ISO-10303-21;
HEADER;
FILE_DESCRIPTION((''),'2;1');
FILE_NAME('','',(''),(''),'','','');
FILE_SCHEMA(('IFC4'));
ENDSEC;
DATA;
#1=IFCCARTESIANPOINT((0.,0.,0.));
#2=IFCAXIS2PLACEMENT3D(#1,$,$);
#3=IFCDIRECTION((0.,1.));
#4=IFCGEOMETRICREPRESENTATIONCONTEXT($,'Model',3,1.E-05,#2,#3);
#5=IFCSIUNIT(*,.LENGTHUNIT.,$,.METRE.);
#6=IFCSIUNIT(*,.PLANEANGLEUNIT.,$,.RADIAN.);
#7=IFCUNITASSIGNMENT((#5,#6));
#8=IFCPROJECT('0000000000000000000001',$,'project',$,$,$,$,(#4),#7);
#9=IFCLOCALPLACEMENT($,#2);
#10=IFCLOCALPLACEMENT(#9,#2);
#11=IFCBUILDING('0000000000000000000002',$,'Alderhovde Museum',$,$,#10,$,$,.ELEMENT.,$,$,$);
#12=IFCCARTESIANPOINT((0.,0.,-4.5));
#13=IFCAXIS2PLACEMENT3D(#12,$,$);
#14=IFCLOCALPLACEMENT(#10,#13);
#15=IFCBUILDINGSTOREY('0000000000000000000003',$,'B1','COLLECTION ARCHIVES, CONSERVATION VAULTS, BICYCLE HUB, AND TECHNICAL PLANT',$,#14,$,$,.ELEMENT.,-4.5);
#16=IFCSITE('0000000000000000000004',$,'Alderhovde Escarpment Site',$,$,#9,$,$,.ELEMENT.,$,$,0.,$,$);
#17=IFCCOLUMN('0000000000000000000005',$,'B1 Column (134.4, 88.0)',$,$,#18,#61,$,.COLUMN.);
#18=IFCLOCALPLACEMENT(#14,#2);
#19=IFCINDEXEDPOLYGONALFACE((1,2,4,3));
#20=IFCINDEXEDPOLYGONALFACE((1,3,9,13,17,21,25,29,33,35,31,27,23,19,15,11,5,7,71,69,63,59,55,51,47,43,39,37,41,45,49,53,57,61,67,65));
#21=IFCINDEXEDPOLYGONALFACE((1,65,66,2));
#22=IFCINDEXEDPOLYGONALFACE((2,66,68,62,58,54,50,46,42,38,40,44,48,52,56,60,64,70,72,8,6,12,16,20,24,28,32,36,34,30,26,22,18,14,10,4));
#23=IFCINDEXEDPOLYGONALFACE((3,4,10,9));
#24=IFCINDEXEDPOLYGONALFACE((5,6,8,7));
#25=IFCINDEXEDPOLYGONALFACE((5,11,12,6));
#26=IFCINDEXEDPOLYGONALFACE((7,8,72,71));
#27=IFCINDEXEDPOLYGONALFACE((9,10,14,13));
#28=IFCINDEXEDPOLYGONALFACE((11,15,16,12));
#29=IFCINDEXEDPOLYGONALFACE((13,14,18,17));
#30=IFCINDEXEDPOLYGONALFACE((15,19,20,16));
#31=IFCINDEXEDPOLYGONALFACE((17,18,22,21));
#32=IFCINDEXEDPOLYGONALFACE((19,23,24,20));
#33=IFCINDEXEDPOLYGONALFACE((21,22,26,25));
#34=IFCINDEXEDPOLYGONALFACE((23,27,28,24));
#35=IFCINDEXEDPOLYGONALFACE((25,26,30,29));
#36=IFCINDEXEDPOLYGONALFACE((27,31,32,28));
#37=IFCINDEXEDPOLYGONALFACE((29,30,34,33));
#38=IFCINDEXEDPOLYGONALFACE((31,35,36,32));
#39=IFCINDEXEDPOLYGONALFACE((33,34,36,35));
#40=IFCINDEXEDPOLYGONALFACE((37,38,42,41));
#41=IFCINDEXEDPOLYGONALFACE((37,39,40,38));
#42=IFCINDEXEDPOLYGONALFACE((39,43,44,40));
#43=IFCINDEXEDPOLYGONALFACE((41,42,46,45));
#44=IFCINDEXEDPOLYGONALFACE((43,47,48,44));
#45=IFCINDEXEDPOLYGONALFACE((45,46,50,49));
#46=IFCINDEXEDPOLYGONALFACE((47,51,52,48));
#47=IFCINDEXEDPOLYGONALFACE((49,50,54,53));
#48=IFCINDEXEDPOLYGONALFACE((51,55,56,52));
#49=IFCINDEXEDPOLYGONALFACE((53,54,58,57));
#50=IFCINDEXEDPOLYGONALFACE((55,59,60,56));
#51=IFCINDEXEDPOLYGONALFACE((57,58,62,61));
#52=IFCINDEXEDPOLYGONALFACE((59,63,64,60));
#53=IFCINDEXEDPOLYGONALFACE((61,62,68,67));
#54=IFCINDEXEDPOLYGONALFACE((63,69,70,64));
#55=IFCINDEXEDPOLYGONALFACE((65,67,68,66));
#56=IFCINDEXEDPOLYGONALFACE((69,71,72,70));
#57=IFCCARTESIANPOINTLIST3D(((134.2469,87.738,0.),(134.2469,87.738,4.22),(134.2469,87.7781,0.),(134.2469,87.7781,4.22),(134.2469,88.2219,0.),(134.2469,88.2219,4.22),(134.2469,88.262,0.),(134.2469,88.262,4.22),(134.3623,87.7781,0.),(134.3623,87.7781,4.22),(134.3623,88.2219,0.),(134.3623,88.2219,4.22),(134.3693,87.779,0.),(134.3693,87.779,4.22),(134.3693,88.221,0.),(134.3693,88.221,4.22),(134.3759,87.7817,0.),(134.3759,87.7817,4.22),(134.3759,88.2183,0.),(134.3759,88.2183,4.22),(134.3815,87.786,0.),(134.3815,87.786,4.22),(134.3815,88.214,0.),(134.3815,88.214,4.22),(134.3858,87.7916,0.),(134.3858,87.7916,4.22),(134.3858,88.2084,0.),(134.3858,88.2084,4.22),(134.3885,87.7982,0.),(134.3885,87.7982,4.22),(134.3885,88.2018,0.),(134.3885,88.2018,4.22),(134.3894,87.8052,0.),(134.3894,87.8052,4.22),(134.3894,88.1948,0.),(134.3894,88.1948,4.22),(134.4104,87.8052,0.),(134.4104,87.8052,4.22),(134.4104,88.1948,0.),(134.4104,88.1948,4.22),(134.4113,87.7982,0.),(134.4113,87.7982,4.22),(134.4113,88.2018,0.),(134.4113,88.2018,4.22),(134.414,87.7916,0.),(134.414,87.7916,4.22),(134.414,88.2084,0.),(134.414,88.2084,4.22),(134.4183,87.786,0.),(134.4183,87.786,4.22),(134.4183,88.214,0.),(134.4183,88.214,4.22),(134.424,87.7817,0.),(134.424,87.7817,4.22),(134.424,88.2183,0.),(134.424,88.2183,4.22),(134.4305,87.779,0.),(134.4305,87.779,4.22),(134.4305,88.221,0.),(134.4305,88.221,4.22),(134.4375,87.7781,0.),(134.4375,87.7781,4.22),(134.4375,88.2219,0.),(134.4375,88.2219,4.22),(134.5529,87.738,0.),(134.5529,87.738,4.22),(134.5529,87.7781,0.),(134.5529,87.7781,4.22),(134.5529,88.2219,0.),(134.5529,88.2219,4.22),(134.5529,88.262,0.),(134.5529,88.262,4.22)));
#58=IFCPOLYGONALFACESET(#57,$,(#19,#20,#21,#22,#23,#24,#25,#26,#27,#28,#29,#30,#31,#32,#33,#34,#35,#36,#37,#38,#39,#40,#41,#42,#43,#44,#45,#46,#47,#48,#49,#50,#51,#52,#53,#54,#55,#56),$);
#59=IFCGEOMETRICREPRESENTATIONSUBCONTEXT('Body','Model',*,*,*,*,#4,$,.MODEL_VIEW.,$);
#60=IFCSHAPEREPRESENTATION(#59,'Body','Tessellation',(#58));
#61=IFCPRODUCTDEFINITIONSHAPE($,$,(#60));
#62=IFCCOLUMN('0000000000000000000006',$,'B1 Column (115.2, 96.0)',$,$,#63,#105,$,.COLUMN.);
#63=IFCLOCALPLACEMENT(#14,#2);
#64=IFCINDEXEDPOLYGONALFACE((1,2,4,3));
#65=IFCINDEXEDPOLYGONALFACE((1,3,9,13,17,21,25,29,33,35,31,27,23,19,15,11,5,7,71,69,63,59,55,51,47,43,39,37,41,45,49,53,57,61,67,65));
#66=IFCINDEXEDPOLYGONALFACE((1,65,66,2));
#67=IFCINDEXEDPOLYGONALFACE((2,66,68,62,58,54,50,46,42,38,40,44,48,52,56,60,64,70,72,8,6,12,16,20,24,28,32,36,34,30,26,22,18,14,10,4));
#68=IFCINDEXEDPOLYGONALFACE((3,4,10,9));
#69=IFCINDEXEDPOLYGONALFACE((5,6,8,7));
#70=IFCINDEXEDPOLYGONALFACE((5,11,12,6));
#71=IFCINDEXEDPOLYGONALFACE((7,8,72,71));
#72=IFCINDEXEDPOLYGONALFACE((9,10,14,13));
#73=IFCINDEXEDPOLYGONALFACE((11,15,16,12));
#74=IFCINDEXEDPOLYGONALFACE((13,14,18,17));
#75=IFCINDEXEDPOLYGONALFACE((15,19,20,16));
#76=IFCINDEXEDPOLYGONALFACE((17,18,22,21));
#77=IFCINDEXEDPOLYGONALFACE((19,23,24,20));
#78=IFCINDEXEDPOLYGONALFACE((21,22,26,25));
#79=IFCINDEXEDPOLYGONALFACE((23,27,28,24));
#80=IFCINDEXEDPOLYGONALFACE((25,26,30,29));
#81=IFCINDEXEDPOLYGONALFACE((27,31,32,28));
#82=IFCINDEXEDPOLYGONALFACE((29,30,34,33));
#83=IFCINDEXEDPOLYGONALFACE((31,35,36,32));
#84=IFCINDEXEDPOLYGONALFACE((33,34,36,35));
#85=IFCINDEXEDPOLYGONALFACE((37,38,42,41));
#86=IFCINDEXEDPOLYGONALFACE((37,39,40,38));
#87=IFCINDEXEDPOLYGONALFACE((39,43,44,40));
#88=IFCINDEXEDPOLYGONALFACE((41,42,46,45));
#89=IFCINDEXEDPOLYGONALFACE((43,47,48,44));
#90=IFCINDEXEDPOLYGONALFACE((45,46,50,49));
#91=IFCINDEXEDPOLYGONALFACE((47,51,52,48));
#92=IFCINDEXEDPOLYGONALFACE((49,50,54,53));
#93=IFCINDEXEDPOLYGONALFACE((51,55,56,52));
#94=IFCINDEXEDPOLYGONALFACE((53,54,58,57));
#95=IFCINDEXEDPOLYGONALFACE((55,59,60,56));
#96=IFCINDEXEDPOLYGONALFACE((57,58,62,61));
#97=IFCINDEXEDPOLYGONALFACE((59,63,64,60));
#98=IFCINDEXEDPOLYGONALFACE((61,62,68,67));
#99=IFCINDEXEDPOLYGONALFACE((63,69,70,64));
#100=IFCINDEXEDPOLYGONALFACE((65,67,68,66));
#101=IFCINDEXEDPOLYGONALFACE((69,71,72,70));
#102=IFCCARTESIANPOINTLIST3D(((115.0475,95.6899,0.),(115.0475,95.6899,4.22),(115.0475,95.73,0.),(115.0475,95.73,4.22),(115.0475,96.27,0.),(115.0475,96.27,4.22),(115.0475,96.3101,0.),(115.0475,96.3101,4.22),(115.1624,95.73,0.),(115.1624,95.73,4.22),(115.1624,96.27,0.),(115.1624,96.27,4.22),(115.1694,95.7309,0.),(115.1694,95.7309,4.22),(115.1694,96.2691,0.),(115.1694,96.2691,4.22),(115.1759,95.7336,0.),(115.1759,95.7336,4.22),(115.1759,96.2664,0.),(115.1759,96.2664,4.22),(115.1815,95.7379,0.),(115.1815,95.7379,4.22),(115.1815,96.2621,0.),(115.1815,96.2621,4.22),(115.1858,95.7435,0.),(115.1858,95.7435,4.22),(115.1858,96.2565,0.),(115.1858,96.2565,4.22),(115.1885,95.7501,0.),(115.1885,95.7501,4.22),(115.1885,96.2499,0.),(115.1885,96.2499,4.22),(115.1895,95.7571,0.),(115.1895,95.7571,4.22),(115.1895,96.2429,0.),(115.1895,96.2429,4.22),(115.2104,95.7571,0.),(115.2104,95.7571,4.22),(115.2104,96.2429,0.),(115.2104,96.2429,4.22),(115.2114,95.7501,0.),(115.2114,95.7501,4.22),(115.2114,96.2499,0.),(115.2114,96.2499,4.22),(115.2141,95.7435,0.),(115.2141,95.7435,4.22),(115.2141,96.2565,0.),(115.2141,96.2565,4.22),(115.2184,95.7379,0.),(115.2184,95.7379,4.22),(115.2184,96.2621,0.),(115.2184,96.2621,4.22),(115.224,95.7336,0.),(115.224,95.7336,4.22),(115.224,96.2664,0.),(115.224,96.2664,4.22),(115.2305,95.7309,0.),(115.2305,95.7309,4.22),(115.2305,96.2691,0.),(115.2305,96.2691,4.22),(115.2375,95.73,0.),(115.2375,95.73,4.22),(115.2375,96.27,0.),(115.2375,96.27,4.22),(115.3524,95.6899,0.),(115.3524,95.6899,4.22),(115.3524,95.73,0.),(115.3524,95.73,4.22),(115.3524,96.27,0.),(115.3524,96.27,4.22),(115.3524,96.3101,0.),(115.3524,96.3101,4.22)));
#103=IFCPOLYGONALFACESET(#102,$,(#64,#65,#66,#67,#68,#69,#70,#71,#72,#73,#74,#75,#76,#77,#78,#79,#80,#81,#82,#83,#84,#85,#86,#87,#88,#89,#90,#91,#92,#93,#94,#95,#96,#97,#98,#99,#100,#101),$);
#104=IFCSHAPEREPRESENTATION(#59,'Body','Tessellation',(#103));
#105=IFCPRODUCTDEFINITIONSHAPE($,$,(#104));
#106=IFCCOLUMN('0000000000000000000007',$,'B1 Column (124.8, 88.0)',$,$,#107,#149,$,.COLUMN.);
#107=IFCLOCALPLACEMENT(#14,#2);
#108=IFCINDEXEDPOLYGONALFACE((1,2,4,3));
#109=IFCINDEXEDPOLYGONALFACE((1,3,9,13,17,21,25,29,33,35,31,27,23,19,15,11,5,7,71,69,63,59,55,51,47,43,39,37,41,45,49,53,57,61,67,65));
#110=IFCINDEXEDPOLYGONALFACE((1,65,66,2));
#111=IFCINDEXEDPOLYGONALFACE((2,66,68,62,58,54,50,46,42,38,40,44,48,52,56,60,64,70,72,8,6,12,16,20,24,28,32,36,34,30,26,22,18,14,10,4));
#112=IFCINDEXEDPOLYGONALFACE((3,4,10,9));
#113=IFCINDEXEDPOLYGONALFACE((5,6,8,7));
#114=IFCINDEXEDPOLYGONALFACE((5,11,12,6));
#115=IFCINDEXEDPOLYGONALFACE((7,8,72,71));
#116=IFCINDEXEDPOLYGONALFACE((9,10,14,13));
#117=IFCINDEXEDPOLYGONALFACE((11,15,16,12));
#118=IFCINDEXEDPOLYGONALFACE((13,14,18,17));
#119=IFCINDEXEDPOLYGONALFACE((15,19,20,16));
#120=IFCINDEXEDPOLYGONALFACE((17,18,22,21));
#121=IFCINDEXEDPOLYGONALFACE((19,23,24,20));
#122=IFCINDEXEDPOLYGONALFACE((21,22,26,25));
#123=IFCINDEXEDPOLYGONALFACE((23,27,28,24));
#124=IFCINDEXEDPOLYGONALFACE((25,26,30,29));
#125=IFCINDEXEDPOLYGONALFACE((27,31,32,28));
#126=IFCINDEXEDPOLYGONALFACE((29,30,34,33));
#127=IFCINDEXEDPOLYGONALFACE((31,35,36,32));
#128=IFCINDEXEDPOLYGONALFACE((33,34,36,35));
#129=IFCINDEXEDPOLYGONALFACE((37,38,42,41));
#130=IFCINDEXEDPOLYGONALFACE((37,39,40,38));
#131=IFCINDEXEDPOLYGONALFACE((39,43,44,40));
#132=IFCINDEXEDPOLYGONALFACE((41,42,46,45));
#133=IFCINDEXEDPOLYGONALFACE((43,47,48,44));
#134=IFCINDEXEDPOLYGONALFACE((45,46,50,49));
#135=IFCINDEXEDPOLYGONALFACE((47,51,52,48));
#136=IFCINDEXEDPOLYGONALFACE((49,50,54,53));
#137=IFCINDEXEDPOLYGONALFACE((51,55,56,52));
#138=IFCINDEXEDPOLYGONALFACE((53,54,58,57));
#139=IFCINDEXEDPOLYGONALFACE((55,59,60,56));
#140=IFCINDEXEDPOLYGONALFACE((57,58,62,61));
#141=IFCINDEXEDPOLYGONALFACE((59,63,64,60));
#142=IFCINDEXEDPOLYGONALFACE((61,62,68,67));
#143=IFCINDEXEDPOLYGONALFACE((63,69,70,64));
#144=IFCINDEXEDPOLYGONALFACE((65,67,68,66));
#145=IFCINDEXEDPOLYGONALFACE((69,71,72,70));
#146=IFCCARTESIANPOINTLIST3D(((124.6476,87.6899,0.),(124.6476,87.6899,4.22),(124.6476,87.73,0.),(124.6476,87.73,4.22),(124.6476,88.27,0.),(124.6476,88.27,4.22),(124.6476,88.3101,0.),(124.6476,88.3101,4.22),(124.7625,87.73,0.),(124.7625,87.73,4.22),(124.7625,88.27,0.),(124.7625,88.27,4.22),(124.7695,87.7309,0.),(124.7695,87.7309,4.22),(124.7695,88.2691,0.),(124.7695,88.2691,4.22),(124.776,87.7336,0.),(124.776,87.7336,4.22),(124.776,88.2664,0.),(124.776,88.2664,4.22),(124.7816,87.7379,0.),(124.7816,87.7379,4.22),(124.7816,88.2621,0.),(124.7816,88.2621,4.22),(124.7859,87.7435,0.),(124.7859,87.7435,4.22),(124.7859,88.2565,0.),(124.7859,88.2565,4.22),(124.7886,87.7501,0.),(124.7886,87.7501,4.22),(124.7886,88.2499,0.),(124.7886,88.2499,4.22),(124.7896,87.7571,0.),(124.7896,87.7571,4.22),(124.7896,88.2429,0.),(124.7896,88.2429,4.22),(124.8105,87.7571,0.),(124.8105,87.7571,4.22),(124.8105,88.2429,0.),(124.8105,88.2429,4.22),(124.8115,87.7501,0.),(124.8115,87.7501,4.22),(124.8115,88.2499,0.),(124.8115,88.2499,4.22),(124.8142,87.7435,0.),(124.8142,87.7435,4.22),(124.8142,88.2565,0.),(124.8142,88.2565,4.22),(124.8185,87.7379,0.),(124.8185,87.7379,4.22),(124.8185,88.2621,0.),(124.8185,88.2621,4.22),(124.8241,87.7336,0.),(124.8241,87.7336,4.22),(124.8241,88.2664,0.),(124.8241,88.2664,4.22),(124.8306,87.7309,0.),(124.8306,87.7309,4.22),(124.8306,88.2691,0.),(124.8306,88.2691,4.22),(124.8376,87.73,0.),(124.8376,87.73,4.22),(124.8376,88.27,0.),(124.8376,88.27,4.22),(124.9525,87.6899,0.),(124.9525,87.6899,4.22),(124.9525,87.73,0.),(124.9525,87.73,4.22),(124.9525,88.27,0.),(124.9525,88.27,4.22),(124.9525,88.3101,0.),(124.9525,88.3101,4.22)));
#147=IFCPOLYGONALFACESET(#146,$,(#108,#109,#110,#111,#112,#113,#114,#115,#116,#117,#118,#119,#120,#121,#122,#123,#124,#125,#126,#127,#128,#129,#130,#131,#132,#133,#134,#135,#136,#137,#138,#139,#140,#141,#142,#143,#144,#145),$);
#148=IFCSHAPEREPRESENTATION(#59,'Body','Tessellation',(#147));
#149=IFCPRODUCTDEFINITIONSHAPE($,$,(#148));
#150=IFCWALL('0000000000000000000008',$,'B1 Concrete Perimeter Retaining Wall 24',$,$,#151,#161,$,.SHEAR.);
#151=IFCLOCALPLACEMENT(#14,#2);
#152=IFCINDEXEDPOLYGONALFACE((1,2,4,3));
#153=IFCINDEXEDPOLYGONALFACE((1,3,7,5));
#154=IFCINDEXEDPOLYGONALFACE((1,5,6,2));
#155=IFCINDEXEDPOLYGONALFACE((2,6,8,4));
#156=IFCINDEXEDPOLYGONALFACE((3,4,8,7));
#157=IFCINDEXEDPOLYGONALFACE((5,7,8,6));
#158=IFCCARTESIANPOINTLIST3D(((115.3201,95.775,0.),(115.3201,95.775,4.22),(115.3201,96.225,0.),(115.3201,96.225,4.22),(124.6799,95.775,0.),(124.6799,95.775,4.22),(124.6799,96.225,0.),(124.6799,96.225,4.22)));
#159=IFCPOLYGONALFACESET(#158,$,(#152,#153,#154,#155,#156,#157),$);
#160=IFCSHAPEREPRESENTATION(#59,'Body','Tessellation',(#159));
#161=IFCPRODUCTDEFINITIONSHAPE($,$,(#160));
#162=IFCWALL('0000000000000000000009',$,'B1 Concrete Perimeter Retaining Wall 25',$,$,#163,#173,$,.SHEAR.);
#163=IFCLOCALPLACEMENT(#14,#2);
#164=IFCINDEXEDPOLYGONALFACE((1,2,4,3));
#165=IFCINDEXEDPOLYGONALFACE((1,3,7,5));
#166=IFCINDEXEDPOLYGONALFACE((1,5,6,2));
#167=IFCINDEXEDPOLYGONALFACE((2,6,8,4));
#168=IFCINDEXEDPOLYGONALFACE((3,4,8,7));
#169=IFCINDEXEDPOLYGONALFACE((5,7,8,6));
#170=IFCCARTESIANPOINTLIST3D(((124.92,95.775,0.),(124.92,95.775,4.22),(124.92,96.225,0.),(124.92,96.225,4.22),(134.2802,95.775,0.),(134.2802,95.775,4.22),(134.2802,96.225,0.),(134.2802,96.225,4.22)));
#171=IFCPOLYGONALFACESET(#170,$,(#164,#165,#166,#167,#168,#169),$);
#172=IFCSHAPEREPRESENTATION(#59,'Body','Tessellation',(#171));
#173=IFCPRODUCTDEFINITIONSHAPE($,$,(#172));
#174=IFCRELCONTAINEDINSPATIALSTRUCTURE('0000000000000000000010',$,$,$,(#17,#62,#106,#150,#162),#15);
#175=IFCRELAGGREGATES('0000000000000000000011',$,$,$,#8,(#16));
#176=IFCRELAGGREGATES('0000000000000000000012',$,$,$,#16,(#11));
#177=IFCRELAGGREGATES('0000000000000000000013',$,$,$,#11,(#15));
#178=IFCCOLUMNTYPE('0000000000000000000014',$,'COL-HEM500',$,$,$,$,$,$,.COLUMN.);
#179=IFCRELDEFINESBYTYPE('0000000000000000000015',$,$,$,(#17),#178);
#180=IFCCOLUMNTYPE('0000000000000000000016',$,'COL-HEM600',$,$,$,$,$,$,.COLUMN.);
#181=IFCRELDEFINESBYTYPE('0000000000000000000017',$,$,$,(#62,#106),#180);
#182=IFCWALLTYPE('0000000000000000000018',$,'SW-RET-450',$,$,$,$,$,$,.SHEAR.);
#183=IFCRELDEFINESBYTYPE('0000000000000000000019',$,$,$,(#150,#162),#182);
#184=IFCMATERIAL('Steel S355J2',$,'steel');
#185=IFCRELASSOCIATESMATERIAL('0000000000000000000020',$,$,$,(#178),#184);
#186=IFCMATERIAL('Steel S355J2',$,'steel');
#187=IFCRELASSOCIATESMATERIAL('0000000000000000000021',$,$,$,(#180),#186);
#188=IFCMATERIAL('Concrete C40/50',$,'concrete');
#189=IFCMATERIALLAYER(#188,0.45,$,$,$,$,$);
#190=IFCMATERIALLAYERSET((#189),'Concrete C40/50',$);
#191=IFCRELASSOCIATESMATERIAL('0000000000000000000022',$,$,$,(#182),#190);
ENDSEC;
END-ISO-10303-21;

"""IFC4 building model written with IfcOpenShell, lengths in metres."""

from ifc_helpers import new_model, si_unit, direction, frame, frame_2d, origin, origin_2d, place, context, subcontext, project, spatial, rectangle, i_section, extrude, material, layer, layer_set, material_profile, profile_set, type_object, element, save


model = new_model("IFC4")

# Units and contexts
model_context = context("Model", 3, precision=1e-05, world=origin(), true_north=direction((0.0, 1.0)))
body_context = subcontext(model_context, "Body", "Model", "MODEL_VIEW")
ifc_project = project(units=[si_unit("LENGTHUNIT", "METRE"), si_unit("PLANEANGLEUNIT", "RADIAN")], contexts=[model_context])

# Site, building, storey
site_placement = place(None, origin())
site = spatial("IfcSite", under=ifc_project, at=site_placement, Name="Alderhovde Escarpment Site", CompositionType="ELEMENT", RefElevation=0.0)
building_placement = place(site_placement, origin())
building = spatial("IfcBuilding", under=site, at=building_placement, Name="Alderhovde Museum", CompositionType="ELEMENT")
storey_placement = place(building_placement, frame((0.0, 0.0, -4.5)))
storey = spatial("IfcBuildingStorey", under=building, at=storey_placement, Name="B1", Description="COLLECTION ARCHIVES, CONSERVATION VAULTS, BICYCLE HUB, AND TECHNICAL PLANT", CompositionType="ELEMENT", Elevation=-4.5)

# Columns
ifc_material_1 = material(Name="Steel S355J2", Category="steel")
ifc_material_profile_1 = material_profile(ifc_material_1, i_section(OverallWidth=0.3059, OverallDepth=0.5239, WebThickness=0.021, FlangeThickness=0.04, FilletRadius=0.0271, at=origin_2d()), Name="HEM 500")
ifc_profile_set_1 = profile_set([ifc_material_profile_1], Name="Steel S355J2")
column_type_1 = type_object("IfcColumnType", Name="COL-HEM500", PredefinedType="COLUMN", material=ifc_profile_set_1)
for number, where, z_axis, x_axis, name in (
    (1, (134.3999, 88.0, 0.0), (0.0, 0.0, 1.0), (1.0, 0.0, 0.0), "B1 Column (134.4, 88.0)"),
):
    element("IfcColumn", number, at=place(storey_placement, frame(where, z_axis=z_axis, x_axis=x_axis)), inside=storey, type_object=column_type_1, Name=name, PredefinedType="COLUMN", context=body_context, shape_type="SweptSolid", body=[
        extrude(i_section(OverallWidth=0.3059, OverallDepth=0.5239, WebThickness=0.021, FlangeThickness=0.04, FilletRadius=0.0271, at=origin_2d()), origin(), (0.0, 0.0, 1.0), 4.22),
    ])
ifc_material_2 = material(Name="Steel S355J2", Category="steel")
ifc_material_profile_2 = material_profile(ifc_material_2, i_section(OverallWidth=0.3049, OverallDepth=0.6201, WebThickness=0.021, FlangeThickness=0.04, FilletRadius=0.0271, at=origin_2d()), Name="HEM 600")
ifc_profile_set_2 = profile_set([ifc_material_profile_2], Name="Steel S355J2")
column_type_2 = type_object("IfcColumnType", Name="COL-HEM600", PredefinedType="COLUMN", material=ifc_profile_set_2)
for number, where, z_axis, x_axis, name in (
    (2, (115.2, 96.0, 0.0), (0.0, 0.0, 1.0), (1.0, 0.0, 0.0), "B1 Column (115.2, 96.0)"),
    (3, (124.8, 88.0, 0.0), (0.0, 0.0, 1.0), (1.0, 0.0, 0.0), "B1 Column (124.8, 88.0)"),
):
    element("IfcColumn", number, at=place(storey_placement, frame(where, z_axis=z_axis, x_axis=x_axis)), inside=storey, type_object=column_type_2, Name=name, PredefinedType="COLUMN", context=body_context, shape_type="SweptSolid", body=[
        extrude(i_section(OverallWidth=0.3049, OverallDepth=0.6201, WebThickness=0.021, FlangeThickness=0.04, FilletRadius=0.0271, at=origin_2d()), origin(), (0.0, 0.0, 1.0), 4.22),
    ])

# Walls
ifc_material_3 = material(Name="Concrete C40/50", Category="concrete")
ifc_layer = layer(ifc_material_3, 0.45)
ifc_layer_set = layer_set([ifc_layer], Name="Concrete C40/50")
wall_type = type_object("IfcWallType", Name="SW-RET-450", PredefinedType="SHEAR", material=ifc_layer_set)
wall_1_placement = place(storey_placement, frame((115.3201, 96.0, 0.0), z_axis=(0.0, 0.0, 1.0), x_axis=(1.0, 0.0, 0.0)))
element("IfcWall", 4, at=wall_1_placement, inside=storey, type_object=wall_type, Name="B1 Concrete Perimeter Retaining Wall 24", PredefinedType="SHEAR", context=body_context, shape_type="SweptSolid", body=[
    extrude(rectangle(XDim=9.3599, YDim=0.45, at=frame_2d((4.6799, 0.0))), origin(), (0.0, 0.0, 1.0), 4.22),
])
wall_2_placement = place(storey_placement, frame((124.9199, 96.0, 0.0), z_axis=(0.0, 0.0, 1.0), x_axis=(1.0, 0.0, 0.0)))
element("IfcWall", 5, at=wall_2_placement, inside=storey, type_object=wall_type, Name="B1 Concrete Perimeter Retaining Wall 25", PredefinedType="SHEAR", context=body_context, shape_type="SweptSolid", body=[
    extrude(rectangle(XDim=9.3601, YDim=0.45, at=frame_2d((4.6802, 0.0))), origin(), (0.0, 0.0, 1.0), 4.22),
])

save(model, "model.ifc")
